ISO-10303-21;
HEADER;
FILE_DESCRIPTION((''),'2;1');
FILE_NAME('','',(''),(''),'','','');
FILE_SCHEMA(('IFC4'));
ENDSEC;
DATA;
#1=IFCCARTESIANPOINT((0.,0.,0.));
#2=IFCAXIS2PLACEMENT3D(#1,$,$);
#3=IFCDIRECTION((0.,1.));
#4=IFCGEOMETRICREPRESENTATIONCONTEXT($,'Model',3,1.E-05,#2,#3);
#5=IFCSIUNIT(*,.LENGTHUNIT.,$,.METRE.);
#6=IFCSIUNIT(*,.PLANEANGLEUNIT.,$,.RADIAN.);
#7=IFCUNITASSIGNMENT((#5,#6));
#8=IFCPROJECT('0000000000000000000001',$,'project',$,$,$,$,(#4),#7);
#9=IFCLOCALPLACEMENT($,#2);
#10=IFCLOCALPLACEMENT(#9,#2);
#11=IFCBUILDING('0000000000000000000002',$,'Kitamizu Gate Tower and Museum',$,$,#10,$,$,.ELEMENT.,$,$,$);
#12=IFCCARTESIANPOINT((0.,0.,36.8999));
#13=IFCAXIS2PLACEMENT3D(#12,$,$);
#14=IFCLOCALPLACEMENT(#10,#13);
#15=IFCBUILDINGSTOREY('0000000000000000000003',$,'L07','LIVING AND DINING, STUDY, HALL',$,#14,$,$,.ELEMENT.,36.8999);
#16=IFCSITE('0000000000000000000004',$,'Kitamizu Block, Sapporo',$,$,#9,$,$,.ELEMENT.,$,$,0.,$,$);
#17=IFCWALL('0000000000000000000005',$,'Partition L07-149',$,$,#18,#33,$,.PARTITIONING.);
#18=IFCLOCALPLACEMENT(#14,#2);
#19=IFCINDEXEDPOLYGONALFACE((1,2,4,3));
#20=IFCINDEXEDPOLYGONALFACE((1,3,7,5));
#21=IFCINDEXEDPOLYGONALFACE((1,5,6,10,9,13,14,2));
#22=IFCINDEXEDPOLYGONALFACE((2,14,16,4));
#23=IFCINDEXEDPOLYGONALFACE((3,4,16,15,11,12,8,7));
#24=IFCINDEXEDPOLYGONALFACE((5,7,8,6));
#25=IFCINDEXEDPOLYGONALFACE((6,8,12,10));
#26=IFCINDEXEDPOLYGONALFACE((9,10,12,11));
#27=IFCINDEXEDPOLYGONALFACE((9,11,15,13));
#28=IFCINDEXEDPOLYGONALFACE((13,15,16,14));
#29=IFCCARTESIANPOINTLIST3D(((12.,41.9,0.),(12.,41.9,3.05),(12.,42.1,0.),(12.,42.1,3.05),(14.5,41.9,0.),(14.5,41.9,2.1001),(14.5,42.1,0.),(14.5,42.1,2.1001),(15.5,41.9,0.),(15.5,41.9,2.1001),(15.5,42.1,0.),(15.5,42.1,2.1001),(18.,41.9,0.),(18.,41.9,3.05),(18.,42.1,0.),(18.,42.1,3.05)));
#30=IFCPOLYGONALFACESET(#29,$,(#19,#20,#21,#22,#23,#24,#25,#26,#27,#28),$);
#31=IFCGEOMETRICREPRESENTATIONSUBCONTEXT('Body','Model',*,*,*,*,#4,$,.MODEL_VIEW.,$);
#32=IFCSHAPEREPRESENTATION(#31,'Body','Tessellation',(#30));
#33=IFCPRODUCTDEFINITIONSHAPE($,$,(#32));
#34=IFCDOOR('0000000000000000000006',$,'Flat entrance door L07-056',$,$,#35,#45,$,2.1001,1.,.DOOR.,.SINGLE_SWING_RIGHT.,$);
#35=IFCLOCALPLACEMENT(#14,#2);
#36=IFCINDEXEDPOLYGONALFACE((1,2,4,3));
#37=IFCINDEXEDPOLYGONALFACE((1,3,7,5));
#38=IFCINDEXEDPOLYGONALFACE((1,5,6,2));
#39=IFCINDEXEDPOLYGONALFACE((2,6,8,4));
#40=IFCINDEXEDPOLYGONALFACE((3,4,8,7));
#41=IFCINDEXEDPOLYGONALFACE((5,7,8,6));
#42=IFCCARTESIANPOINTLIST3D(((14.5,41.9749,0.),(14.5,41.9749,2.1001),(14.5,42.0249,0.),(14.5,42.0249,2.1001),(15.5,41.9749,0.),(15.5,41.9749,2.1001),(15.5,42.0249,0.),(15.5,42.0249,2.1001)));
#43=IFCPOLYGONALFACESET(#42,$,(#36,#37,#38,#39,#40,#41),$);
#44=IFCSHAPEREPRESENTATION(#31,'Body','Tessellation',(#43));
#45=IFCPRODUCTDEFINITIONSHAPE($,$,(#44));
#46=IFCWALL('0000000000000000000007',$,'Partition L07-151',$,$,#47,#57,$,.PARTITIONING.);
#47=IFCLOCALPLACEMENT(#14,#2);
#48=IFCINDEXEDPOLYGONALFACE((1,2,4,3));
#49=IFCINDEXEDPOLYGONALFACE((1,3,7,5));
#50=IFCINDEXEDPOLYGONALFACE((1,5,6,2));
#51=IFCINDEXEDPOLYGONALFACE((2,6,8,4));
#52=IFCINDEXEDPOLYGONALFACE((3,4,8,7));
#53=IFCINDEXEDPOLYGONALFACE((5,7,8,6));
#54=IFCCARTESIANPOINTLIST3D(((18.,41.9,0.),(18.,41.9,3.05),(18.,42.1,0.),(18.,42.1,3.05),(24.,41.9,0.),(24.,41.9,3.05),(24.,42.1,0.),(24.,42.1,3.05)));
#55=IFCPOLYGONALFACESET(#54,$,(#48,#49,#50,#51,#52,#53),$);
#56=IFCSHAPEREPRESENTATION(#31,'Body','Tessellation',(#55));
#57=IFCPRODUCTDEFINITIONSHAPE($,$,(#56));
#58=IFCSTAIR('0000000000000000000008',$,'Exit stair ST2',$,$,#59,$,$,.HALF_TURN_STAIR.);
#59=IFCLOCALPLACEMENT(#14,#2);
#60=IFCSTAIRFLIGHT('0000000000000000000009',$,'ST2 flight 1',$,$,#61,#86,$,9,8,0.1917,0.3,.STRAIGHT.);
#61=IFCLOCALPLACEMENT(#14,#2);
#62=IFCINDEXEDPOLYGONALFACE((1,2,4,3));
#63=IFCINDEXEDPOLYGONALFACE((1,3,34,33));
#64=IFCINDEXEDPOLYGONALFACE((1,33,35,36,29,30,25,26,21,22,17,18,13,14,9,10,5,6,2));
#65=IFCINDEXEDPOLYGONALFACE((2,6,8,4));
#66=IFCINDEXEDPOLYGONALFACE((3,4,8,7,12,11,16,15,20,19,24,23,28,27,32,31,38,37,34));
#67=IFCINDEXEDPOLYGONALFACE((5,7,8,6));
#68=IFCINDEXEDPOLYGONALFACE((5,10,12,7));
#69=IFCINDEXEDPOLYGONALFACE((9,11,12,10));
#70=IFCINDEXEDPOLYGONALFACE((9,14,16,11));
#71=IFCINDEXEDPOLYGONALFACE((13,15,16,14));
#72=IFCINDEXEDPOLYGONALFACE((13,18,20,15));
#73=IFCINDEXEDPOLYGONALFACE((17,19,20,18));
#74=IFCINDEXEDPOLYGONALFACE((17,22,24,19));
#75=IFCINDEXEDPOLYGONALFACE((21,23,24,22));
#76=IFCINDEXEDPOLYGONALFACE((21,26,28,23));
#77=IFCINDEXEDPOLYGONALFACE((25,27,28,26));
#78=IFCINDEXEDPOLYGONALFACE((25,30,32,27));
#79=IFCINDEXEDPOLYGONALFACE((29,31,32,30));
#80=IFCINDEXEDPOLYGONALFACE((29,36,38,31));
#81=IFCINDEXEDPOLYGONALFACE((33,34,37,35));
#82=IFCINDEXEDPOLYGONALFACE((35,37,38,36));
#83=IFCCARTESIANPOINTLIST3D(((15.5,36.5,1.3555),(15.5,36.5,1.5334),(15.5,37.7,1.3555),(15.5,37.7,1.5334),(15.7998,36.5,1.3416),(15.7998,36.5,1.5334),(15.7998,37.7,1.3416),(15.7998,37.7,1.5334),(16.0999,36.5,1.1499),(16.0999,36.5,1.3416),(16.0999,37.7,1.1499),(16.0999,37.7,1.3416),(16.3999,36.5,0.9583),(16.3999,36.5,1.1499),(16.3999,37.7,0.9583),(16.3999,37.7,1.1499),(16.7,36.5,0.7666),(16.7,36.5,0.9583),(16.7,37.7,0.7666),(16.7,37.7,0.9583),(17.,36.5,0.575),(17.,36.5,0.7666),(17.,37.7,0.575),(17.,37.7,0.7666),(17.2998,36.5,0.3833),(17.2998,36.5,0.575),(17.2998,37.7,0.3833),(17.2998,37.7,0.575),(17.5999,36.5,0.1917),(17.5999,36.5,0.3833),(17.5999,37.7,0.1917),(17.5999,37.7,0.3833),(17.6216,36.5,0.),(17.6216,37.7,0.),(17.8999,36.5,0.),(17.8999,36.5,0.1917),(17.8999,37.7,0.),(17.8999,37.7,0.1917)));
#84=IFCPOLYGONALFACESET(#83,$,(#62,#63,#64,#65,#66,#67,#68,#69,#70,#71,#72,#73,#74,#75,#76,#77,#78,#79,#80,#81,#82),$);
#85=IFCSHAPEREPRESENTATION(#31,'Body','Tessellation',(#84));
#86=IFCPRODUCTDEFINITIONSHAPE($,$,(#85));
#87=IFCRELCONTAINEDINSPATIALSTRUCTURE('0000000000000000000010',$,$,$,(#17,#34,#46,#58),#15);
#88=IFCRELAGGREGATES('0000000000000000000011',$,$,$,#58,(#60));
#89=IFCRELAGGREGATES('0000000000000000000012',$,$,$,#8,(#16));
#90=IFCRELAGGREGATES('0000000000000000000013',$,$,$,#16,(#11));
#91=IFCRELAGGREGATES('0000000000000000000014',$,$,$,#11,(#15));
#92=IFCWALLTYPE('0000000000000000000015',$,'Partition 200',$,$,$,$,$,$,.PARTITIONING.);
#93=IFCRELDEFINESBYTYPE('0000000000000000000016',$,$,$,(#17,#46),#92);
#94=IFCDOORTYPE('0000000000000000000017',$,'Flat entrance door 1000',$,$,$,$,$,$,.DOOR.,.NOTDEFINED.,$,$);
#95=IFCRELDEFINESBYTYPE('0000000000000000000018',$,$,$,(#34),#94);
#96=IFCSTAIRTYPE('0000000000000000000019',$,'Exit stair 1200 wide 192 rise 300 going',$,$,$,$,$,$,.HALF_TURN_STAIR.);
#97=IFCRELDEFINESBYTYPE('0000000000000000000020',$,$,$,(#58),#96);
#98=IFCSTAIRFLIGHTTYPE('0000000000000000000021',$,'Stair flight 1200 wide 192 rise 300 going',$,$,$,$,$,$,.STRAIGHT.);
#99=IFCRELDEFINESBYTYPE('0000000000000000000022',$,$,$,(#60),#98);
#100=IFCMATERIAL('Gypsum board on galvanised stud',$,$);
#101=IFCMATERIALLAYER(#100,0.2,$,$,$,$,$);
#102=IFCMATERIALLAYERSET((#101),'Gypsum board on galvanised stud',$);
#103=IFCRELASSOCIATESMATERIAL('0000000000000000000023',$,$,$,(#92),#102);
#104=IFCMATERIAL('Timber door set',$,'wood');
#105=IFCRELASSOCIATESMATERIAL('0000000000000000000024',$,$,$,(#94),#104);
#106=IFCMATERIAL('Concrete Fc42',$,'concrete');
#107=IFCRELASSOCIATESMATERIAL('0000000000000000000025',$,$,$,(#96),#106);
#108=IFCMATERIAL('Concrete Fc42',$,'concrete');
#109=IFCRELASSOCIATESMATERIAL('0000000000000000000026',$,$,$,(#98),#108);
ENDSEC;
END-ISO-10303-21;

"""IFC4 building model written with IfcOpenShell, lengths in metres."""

from ifc_helpers import new_model, si_unit, direction, frame, frame_2d, origin, place, context, subcontext, project, spatial, polyline, rectangle, outline, extrude, material, layer, layer_set, type_object, element, fill, aggregate, save


model = new_model("IFC4")

# Units and contexts
model_context = context("Model", 3, precision=1e-05, world=origin(), true_north=direction((0.0, 1.0)))
body_context = subcontext(model_context, "Body", "Model", "MODEL_VIEW")
ifc_project = project(units=[si_unit("LENGTHUNIT", "METRE"), si_unit("PLANEANGLEUNIT", "RADIAN")], contexts=[model_context])

# Site, building, storey
site_placement = place(None, origin())
site = spatial("IfcSite", under=ifc_project, at=site_placement, Name="Kitamizu Block, Sapporo", CompositionType="ELEMENT", RefElevation=0.0)
building_placement = place(site_placement, origin())
building = spatial("IfcBuilding", under=site, at=building_placement, Name="Kitamizu Gate Tower and Museum", CompositionType="ELEMENT")
storey_placement = place(building_placement, frame((0.0, 0.0, 36.8999)))
storey = spatial("IfcBuildingStorey", under=building, at=storey_placement, Name="L07", Description="LIVING AND DINING, STUDY, HALL", CompositionType="ELEMENT", Elevation=36.8999)

# Shared definitions
ifc_material_1 = material(Name="Gypsum board on galvanised stud")
ifc_layer_1 = layer(ifc_material_1, 0.2)
ifc_layer_set_1 = layer_set([ifc_layer_1], Name="Gypsum board on galvanised stud")
wall_type_1 = type_object("IfcWallType", Name="Partition 200", PredefinedType="PARTITIONING", material=ifc_layer_set_1)

# Wall, opening, door
wall_1_placement = place(storey_placement, frame((12.0, 42.0, 0.0), z_axis=(0.0, 0.0, 1.0), x_axis=(1.0, 0.0, 0.0)))
wall_1 = element("IfcWall", 1, at=wall_1_placement, inside=storey, type_object=wall_type_1, Name="Partition L07-149", PredefinedType="PARTITIONING", context=body_context, shape_type="SweptSolid", body=[
    extrude(rectangle(XDim=6.0, YDim=0.2, at=frame_2d((3.0, 0.0))), origin(), (0.0, 0.0, 1.0), 3.05),
])
opening_1_placement = place(wall_1_placement, frame((2.5, 0.0, 0.0)))
opening_1 = element("IfcOpeningElement", 2, at=opening_1_placement, cuts=wall_1, PredefinedType="OPENING", context=body_context, shape_type="SweptSolid", body=[
    extrude(rectangle(XDim=1.0, YDim=2.1001, at=frame_2d((0.5, 1.05))), frame((0.0, 0.1099, 0.0), z_axis=(0.0, -1.0, 0.0), x_axis=(1.0, 0.0, 0.0)), (0.0, 0.0, 1.0), 0.22),
])
ifc_material_2 = material(Name="Timber door set", Category="wood")
door_type_1 = type_object("IfcDoorType", Name="Flat entrance door 1000", OperationType="NOTDEFINED", PredefinedType="DOOR", material=ifc_material_2)
door_1_placement = place(opening_1_placement, origin())
door_1 = element("IfcDoor", 3, at=door_1_placement, inside=storey, type_object=door_type_1, Name="Flat entrance door L07-056", OperationType="SINGLE_SWING_RIGHT", OverallHeight=2.1001, OverallWidth=1.0, PredefinedType="DOOR", context=body_context, shape_type="SweptSolid", body=[
    extrude(rectangle(XDim=1.0, YDim=2.1001, at=frame_2d((0.5, 1.05))), frame((0.0, 0.0249, 0.0), z_axis=(0.0, -1.0, 0.0), x_axis=(1.0, 0.0, 0.0)), (0.0, 0.0, 1.0), 0.05),
])
fill(opening_1, door_1)

# Wall
wall_2_placement = place(storey_placement, frame((18.0, 42.0, 0.0), z_axis=(0.0, 0.0, 1.0), x_axis=(1.0, 0.0, 0.0)))
element("IfcWall", 4, at=wall_2_placement, inside=storey, type_object=wall_type_1, Name="Partition L07-151", PredefinedType="PARTITIONING", context=body_context, shape_type="SweptSolid", body=[
    extrude(rectangle(XDim=6.0, YDim=0.2, at=frame_2d((3.0, 0.0))), origin(), (0.0, 0.0, 1.0), 3.05),
])

# Stair, stair flight
ifc_material_3 = material(Name="Concrete Fc42", Category="concrete")
stair_type = type_object("IfcStairType", Name="Exit stair 1200 wide 192 rise 300 going", PredefinedType="HALF_TURN_STAIR", material=ifc_material_3)
stair_placement = place(storey_placement, origin())
stair = element("IfcStair", 5, at=stair_placement, inside=storey, type_object=stair_type, Name="Exit stair ST2", PredefinedType="HALF_TURN_STAIR")
ifc_material_4 = material(Name="Concrete Fc42", Category="concrete")
stair_flight_type = type_object("IfcStairFlightType", Name="Stair flight 1200 wide 192 rise 300 going", PredefinedType="STRAIGHT", material=ifc_material_4)
stair_flight_placement = place(storey_placement, frame((17.8999, 37.1001, 0.0), z_axis=(0.0, 0.0, 1.0), x_axis=(-1.0, 0.0, 0.0)))
stair_flight = element("IfcStairFlight", 6, at=stair_flight_placement, type_object=stair_flight_type, Name="ST2 flight 1", NumberOfRisers=9, NumberOfTreads=8, PredefinedType="STRAIGHT", RiserHeight=0.1917, TreadLength=0.3, context=body_context, shape_type="SweptSolid", body=[
    extrude(outline(polyline([(0.0, 0.0), (0.0, 0.1917), (0.3, 0.1917), (0.3, 0.3833), (0.6001, 0.3833), (0.6001, 0.575), (0.8999, 0.575), (0.8999, 0.7666), (1.2, 0.7666), (1.2, 0.9583), (1.5, 0.9583), (1.5, 1.1499), (1.8, 1.1499), (1.8, 1.3416), (2.1001, 1.3416), (2.1001, 1.5334), (2.3999, 1.5334), (2.3999, 1.7251), (2.3999, 1.3555), (0.2783, 0.0), (0.0, 0.0)])), frame((0.0, 0.6001, 0.0), z_axis=(0.0, -1.0, 0.0), x_axis=(1.0, 0.0, 0.0)), (0.0, 0.0, 1.0), 1.2),
])
aggregate(stair, [stair_flight])

save(model, "model.ifc")
